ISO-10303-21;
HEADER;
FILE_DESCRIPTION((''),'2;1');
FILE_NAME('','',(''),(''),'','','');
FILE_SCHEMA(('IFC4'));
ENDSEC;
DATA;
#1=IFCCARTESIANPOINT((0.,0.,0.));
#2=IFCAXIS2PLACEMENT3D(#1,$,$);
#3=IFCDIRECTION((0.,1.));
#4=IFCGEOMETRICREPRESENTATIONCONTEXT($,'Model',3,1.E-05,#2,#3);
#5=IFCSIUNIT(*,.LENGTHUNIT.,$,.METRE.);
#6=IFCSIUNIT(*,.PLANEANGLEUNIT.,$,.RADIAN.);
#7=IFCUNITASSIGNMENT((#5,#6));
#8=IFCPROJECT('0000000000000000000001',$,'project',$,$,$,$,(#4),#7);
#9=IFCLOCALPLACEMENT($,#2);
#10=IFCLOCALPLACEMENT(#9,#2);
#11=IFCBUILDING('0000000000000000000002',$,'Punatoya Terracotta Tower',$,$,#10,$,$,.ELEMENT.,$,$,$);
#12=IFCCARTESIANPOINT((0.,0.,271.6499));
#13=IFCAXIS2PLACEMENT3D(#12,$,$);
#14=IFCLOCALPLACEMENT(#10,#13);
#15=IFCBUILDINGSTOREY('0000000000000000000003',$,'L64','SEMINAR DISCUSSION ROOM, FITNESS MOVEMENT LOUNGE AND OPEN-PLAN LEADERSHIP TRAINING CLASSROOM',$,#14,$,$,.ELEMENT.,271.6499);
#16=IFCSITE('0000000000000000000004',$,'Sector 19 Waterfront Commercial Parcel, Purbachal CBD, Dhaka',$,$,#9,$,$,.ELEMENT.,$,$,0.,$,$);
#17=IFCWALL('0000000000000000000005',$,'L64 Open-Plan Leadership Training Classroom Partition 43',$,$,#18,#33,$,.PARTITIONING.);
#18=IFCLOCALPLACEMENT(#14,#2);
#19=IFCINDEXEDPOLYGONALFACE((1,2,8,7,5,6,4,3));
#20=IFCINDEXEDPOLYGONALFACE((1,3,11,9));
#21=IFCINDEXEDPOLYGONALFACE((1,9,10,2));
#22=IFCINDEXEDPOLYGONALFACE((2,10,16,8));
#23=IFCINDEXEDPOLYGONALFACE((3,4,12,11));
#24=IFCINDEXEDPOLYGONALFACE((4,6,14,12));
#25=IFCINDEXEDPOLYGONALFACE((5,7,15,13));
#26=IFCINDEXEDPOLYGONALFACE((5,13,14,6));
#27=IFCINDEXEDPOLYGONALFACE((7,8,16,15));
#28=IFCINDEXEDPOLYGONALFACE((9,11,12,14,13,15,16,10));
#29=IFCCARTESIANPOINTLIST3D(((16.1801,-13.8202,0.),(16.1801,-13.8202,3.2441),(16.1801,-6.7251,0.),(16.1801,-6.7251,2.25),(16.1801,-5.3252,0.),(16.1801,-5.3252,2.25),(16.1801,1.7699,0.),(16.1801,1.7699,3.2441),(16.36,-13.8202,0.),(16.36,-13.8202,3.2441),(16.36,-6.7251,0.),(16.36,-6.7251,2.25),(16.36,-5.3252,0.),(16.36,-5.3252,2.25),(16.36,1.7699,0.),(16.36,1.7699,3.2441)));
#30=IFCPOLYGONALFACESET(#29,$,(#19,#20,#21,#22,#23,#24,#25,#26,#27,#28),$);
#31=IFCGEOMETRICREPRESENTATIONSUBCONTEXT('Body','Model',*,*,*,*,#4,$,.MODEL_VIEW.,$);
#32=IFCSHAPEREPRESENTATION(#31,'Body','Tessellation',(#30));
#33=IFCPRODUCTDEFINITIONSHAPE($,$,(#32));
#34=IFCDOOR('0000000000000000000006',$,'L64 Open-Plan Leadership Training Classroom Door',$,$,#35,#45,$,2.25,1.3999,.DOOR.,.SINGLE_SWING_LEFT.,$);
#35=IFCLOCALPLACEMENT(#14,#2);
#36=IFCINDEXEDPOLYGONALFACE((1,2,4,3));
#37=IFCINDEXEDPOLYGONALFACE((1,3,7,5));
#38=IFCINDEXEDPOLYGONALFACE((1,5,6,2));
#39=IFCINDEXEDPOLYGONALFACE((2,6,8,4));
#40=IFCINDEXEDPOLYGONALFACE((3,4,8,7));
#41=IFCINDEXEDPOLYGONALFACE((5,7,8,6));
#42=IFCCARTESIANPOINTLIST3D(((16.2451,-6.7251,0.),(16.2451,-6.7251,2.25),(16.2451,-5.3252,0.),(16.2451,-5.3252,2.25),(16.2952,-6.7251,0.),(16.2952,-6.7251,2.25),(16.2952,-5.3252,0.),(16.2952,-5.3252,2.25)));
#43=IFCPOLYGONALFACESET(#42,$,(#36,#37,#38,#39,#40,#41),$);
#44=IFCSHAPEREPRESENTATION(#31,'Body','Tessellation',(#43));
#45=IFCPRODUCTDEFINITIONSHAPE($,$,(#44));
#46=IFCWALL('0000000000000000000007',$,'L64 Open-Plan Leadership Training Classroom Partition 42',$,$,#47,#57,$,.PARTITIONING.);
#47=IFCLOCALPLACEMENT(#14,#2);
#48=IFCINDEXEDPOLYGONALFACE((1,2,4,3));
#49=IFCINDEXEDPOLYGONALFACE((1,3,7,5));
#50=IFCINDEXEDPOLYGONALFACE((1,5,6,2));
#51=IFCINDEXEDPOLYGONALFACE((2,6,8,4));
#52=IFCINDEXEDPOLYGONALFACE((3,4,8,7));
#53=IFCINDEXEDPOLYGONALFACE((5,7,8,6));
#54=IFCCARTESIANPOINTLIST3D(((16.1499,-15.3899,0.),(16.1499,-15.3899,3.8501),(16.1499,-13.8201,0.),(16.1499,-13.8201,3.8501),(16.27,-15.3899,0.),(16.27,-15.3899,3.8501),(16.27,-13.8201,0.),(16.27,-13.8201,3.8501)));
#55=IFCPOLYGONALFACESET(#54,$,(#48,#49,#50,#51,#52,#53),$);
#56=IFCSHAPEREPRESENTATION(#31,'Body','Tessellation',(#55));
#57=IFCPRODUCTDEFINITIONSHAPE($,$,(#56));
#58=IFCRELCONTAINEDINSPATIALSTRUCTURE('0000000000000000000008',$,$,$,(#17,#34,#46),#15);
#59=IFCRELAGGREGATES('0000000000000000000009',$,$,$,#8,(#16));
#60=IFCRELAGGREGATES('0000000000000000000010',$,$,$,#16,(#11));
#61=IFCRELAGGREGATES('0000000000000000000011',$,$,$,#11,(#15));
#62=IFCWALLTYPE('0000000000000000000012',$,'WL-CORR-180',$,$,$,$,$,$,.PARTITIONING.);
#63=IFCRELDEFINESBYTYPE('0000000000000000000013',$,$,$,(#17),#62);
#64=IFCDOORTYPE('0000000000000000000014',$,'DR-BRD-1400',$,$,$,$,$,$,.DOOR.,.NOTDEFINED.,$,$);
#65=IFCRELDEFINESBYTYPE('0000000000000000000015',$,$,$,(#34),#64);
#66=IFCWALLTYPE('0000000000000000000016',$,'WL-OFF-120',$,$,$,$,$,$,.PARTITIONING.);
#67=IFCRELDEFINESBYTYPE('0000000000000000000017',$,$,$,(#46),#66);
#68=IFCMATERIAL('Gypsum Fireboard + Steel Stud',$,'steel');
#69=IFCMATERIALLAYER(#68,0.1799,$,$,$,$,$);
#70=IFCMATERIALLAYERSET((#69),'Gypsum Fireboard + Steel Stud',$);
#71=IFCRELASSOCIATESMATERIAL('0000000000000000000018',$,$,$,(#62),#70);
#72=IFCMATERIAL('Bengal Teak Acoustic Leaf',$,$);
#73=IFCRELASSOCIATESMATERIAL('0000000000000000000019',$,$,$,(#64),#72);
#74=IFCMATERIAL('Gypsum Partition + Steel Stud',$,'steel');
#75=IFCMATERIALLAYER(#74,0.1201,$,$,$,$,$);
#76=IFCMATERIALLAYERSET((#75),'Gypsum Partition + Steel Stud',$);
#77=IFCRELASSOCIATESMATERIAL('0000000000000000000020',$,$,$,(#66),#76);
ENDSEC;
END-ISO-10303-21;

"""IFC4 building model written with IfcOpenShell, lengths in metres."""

from ifc_helpers import new_model, si_unit, direction, frame, frame_2d, origin, place, context, subcontext, project, spatial, rectangle, extrude, material, layer, layer_set, type_object, element, fill, save


model = new_model("IFC4")

# Units and contexts
model_context = context("Model", 3, precision=1e-05, world=origin(), true_north=direction((0.0, 1.0)))
body_context = subcontext(model_context, "Body", "Model", "MODEL_VIEW")
ifc_project = project(units=[si_unit("LENGTHUNIT", "METRE"), si_unit("PLANEANGLEUNIT", "RADIAN")], contexts=[model_context])

# Site, building, storey
site_placement = place(None, origin())
site = spatial("IfcSite", under=ifc_project, at=site_placement, Name="Sector 19 Waterfront Commercial Parcel, Purbachal CBD, Dhaka", CompositionType="ELEMENT", RefElevation=0.0)
building_placement = place(site_placement, origin())
building = spatial("IfcBuilding", under=site, at=building_placement, Name="Punatoya Terracotta Tower", CompositionType="ELEMENT")
storey_placement = place(building_placement, frame((0.0, 0.0, 271.6499)))
storey = spatial("IfcBuildingStorey", under=building, at=storey_placement, Name="L64", Description="SEMINAR DISCUSSION ROOM, FITNESS MOVEMENT LOUNGE AND OPEN-PLAN LEADERSHIP TRAINING CLASSROOM", CompositionType="ELEMENT", Elevation=271.6499)

# Wall, opening, door
ifc_material_1 = material(Name="Gypsum Fireboard + Steel Stud", Category="steel")
ifc_layer_1 = layer(ifc_material_1, 0.1799)
ifc_layer_set_1 = layer_set([ifc_layer_1], Name="Gypsum Fireboard + Steel Stud")
wall_type_1 = type_object("IfcWallType", Name="WL-CORR-180", PredefinedType="PARTITIONING", material=ifc_layer_set_1)
wall_1_placement = place(storey_placement, frame((16.27, -13.8201, 0.0), z_axis=(0.0, 0.0, 1.0), x_axis=(0.0, 1.0, 0.0)))
wall_1 = element("IfcWall", 1, at=wall_1_placement, inside=storey, type_object=wall_type_1, Name="L64 Open-Plan Leadership Training Classroom Partition 43", PredefinedType="PARTITIONING", context=body_context, shape_type="SweptSolid", body=[
    extrude(rectangle(XDim=15.5901, YDim=0.1799, at=frame_2d((7.7949, 0.0))), origin(), (0.0, 0.0, 1.0), 3.2441),
])
opening_placement = place(wall_1_placement, frame((7.095, 0.0, 0.0)))
opening = element("IfcOpeningElement", 2, at=opening_placement, cuts=wall_1, PredefinedType="OPENING", context=body_context, shape_type="SweptSolid", body=[
    extrude(rectangle(XDim=1.3999, YDim=2.25, at=frame_2d((0.7, 1.125))), frame((0.0, 0.0999, 0.0), z_axis=(0.0, -1.0, 0.0), x_axis=(1.0, 0.0, 0.0)), (0.0, 0.0, 1.0), 0.2),
])
ifc_material_2 = material(Name="Bengal Teak Acoustic Leaf")
door_type = type_object("IfcDoorType", Name="DR-BRD-1400", OperationType="NOTDEFINED", PredefinedType="DOOR", material=ifc_material_2)
door_placement = place(opening_placement, origin())
door = element("IfcDoor", 3, at=door_placement, inside=storey, type_object=door_type, Name="L64 Open-Plan Leadership Training Classroom Door", OperationType="SINGLE_SWING_LEFT", OverallHeight=2.25, OverallWidth=1.3999, PredefinedType="DOOR", context=body_context, shape_type="SweptSolid", body=[
    extrude(rectangle(XDim=1.3999, YDim=2.25, at=frame_2d((0.7, 1.125))), frame((0.0, 0.0249, 0.0), z_axis=(0.0, -1.0, 0.0), x_axis=(1.0, 0.0, 0.0)), (0.0, 0.0, 1.0), 0.05),
])
fill(opening, door)

# Wall
ifc_material_3 = material(Name="Gypsum Partition + Steel Stud", Category="steel")
ifc_layer_2 = layer(ifc_material_3, 0.1201)
ifc_layer_set_2 = layer_set([ifc_layer_2], Name="Gypsum Partition + Steel Stud")
wall_type_2 = type_object("IfcWallType", Name="WL-OFF-120", PredefinedType="PARTITIONING", material=ifc_layer_set_2)
wall_2_placement = place(storey_placement, frame((16.21, -15.3899, 0.0), z_axis=(0.0, 0.0, 1.0), x_axis=(0.0, 1.0, 0.0)))
element("IfcWall", 4, at=wall_2_placement, inside=storey, type_object=wall_type_2, Name="L64 Open-Plan Leadership Training Classroom Partition 42", PredefinedType="PARTITIONING", context=body_context, shape_type="SweptSolid", body=[
    extrude(rectangle(XDim=1.5698, YDim=0.1201, at=frame_2d((0.7849, 0.0))), origin(), (0.0, 0.0, 1.0), 3.8501),
])

save(model, "model.ifc")
